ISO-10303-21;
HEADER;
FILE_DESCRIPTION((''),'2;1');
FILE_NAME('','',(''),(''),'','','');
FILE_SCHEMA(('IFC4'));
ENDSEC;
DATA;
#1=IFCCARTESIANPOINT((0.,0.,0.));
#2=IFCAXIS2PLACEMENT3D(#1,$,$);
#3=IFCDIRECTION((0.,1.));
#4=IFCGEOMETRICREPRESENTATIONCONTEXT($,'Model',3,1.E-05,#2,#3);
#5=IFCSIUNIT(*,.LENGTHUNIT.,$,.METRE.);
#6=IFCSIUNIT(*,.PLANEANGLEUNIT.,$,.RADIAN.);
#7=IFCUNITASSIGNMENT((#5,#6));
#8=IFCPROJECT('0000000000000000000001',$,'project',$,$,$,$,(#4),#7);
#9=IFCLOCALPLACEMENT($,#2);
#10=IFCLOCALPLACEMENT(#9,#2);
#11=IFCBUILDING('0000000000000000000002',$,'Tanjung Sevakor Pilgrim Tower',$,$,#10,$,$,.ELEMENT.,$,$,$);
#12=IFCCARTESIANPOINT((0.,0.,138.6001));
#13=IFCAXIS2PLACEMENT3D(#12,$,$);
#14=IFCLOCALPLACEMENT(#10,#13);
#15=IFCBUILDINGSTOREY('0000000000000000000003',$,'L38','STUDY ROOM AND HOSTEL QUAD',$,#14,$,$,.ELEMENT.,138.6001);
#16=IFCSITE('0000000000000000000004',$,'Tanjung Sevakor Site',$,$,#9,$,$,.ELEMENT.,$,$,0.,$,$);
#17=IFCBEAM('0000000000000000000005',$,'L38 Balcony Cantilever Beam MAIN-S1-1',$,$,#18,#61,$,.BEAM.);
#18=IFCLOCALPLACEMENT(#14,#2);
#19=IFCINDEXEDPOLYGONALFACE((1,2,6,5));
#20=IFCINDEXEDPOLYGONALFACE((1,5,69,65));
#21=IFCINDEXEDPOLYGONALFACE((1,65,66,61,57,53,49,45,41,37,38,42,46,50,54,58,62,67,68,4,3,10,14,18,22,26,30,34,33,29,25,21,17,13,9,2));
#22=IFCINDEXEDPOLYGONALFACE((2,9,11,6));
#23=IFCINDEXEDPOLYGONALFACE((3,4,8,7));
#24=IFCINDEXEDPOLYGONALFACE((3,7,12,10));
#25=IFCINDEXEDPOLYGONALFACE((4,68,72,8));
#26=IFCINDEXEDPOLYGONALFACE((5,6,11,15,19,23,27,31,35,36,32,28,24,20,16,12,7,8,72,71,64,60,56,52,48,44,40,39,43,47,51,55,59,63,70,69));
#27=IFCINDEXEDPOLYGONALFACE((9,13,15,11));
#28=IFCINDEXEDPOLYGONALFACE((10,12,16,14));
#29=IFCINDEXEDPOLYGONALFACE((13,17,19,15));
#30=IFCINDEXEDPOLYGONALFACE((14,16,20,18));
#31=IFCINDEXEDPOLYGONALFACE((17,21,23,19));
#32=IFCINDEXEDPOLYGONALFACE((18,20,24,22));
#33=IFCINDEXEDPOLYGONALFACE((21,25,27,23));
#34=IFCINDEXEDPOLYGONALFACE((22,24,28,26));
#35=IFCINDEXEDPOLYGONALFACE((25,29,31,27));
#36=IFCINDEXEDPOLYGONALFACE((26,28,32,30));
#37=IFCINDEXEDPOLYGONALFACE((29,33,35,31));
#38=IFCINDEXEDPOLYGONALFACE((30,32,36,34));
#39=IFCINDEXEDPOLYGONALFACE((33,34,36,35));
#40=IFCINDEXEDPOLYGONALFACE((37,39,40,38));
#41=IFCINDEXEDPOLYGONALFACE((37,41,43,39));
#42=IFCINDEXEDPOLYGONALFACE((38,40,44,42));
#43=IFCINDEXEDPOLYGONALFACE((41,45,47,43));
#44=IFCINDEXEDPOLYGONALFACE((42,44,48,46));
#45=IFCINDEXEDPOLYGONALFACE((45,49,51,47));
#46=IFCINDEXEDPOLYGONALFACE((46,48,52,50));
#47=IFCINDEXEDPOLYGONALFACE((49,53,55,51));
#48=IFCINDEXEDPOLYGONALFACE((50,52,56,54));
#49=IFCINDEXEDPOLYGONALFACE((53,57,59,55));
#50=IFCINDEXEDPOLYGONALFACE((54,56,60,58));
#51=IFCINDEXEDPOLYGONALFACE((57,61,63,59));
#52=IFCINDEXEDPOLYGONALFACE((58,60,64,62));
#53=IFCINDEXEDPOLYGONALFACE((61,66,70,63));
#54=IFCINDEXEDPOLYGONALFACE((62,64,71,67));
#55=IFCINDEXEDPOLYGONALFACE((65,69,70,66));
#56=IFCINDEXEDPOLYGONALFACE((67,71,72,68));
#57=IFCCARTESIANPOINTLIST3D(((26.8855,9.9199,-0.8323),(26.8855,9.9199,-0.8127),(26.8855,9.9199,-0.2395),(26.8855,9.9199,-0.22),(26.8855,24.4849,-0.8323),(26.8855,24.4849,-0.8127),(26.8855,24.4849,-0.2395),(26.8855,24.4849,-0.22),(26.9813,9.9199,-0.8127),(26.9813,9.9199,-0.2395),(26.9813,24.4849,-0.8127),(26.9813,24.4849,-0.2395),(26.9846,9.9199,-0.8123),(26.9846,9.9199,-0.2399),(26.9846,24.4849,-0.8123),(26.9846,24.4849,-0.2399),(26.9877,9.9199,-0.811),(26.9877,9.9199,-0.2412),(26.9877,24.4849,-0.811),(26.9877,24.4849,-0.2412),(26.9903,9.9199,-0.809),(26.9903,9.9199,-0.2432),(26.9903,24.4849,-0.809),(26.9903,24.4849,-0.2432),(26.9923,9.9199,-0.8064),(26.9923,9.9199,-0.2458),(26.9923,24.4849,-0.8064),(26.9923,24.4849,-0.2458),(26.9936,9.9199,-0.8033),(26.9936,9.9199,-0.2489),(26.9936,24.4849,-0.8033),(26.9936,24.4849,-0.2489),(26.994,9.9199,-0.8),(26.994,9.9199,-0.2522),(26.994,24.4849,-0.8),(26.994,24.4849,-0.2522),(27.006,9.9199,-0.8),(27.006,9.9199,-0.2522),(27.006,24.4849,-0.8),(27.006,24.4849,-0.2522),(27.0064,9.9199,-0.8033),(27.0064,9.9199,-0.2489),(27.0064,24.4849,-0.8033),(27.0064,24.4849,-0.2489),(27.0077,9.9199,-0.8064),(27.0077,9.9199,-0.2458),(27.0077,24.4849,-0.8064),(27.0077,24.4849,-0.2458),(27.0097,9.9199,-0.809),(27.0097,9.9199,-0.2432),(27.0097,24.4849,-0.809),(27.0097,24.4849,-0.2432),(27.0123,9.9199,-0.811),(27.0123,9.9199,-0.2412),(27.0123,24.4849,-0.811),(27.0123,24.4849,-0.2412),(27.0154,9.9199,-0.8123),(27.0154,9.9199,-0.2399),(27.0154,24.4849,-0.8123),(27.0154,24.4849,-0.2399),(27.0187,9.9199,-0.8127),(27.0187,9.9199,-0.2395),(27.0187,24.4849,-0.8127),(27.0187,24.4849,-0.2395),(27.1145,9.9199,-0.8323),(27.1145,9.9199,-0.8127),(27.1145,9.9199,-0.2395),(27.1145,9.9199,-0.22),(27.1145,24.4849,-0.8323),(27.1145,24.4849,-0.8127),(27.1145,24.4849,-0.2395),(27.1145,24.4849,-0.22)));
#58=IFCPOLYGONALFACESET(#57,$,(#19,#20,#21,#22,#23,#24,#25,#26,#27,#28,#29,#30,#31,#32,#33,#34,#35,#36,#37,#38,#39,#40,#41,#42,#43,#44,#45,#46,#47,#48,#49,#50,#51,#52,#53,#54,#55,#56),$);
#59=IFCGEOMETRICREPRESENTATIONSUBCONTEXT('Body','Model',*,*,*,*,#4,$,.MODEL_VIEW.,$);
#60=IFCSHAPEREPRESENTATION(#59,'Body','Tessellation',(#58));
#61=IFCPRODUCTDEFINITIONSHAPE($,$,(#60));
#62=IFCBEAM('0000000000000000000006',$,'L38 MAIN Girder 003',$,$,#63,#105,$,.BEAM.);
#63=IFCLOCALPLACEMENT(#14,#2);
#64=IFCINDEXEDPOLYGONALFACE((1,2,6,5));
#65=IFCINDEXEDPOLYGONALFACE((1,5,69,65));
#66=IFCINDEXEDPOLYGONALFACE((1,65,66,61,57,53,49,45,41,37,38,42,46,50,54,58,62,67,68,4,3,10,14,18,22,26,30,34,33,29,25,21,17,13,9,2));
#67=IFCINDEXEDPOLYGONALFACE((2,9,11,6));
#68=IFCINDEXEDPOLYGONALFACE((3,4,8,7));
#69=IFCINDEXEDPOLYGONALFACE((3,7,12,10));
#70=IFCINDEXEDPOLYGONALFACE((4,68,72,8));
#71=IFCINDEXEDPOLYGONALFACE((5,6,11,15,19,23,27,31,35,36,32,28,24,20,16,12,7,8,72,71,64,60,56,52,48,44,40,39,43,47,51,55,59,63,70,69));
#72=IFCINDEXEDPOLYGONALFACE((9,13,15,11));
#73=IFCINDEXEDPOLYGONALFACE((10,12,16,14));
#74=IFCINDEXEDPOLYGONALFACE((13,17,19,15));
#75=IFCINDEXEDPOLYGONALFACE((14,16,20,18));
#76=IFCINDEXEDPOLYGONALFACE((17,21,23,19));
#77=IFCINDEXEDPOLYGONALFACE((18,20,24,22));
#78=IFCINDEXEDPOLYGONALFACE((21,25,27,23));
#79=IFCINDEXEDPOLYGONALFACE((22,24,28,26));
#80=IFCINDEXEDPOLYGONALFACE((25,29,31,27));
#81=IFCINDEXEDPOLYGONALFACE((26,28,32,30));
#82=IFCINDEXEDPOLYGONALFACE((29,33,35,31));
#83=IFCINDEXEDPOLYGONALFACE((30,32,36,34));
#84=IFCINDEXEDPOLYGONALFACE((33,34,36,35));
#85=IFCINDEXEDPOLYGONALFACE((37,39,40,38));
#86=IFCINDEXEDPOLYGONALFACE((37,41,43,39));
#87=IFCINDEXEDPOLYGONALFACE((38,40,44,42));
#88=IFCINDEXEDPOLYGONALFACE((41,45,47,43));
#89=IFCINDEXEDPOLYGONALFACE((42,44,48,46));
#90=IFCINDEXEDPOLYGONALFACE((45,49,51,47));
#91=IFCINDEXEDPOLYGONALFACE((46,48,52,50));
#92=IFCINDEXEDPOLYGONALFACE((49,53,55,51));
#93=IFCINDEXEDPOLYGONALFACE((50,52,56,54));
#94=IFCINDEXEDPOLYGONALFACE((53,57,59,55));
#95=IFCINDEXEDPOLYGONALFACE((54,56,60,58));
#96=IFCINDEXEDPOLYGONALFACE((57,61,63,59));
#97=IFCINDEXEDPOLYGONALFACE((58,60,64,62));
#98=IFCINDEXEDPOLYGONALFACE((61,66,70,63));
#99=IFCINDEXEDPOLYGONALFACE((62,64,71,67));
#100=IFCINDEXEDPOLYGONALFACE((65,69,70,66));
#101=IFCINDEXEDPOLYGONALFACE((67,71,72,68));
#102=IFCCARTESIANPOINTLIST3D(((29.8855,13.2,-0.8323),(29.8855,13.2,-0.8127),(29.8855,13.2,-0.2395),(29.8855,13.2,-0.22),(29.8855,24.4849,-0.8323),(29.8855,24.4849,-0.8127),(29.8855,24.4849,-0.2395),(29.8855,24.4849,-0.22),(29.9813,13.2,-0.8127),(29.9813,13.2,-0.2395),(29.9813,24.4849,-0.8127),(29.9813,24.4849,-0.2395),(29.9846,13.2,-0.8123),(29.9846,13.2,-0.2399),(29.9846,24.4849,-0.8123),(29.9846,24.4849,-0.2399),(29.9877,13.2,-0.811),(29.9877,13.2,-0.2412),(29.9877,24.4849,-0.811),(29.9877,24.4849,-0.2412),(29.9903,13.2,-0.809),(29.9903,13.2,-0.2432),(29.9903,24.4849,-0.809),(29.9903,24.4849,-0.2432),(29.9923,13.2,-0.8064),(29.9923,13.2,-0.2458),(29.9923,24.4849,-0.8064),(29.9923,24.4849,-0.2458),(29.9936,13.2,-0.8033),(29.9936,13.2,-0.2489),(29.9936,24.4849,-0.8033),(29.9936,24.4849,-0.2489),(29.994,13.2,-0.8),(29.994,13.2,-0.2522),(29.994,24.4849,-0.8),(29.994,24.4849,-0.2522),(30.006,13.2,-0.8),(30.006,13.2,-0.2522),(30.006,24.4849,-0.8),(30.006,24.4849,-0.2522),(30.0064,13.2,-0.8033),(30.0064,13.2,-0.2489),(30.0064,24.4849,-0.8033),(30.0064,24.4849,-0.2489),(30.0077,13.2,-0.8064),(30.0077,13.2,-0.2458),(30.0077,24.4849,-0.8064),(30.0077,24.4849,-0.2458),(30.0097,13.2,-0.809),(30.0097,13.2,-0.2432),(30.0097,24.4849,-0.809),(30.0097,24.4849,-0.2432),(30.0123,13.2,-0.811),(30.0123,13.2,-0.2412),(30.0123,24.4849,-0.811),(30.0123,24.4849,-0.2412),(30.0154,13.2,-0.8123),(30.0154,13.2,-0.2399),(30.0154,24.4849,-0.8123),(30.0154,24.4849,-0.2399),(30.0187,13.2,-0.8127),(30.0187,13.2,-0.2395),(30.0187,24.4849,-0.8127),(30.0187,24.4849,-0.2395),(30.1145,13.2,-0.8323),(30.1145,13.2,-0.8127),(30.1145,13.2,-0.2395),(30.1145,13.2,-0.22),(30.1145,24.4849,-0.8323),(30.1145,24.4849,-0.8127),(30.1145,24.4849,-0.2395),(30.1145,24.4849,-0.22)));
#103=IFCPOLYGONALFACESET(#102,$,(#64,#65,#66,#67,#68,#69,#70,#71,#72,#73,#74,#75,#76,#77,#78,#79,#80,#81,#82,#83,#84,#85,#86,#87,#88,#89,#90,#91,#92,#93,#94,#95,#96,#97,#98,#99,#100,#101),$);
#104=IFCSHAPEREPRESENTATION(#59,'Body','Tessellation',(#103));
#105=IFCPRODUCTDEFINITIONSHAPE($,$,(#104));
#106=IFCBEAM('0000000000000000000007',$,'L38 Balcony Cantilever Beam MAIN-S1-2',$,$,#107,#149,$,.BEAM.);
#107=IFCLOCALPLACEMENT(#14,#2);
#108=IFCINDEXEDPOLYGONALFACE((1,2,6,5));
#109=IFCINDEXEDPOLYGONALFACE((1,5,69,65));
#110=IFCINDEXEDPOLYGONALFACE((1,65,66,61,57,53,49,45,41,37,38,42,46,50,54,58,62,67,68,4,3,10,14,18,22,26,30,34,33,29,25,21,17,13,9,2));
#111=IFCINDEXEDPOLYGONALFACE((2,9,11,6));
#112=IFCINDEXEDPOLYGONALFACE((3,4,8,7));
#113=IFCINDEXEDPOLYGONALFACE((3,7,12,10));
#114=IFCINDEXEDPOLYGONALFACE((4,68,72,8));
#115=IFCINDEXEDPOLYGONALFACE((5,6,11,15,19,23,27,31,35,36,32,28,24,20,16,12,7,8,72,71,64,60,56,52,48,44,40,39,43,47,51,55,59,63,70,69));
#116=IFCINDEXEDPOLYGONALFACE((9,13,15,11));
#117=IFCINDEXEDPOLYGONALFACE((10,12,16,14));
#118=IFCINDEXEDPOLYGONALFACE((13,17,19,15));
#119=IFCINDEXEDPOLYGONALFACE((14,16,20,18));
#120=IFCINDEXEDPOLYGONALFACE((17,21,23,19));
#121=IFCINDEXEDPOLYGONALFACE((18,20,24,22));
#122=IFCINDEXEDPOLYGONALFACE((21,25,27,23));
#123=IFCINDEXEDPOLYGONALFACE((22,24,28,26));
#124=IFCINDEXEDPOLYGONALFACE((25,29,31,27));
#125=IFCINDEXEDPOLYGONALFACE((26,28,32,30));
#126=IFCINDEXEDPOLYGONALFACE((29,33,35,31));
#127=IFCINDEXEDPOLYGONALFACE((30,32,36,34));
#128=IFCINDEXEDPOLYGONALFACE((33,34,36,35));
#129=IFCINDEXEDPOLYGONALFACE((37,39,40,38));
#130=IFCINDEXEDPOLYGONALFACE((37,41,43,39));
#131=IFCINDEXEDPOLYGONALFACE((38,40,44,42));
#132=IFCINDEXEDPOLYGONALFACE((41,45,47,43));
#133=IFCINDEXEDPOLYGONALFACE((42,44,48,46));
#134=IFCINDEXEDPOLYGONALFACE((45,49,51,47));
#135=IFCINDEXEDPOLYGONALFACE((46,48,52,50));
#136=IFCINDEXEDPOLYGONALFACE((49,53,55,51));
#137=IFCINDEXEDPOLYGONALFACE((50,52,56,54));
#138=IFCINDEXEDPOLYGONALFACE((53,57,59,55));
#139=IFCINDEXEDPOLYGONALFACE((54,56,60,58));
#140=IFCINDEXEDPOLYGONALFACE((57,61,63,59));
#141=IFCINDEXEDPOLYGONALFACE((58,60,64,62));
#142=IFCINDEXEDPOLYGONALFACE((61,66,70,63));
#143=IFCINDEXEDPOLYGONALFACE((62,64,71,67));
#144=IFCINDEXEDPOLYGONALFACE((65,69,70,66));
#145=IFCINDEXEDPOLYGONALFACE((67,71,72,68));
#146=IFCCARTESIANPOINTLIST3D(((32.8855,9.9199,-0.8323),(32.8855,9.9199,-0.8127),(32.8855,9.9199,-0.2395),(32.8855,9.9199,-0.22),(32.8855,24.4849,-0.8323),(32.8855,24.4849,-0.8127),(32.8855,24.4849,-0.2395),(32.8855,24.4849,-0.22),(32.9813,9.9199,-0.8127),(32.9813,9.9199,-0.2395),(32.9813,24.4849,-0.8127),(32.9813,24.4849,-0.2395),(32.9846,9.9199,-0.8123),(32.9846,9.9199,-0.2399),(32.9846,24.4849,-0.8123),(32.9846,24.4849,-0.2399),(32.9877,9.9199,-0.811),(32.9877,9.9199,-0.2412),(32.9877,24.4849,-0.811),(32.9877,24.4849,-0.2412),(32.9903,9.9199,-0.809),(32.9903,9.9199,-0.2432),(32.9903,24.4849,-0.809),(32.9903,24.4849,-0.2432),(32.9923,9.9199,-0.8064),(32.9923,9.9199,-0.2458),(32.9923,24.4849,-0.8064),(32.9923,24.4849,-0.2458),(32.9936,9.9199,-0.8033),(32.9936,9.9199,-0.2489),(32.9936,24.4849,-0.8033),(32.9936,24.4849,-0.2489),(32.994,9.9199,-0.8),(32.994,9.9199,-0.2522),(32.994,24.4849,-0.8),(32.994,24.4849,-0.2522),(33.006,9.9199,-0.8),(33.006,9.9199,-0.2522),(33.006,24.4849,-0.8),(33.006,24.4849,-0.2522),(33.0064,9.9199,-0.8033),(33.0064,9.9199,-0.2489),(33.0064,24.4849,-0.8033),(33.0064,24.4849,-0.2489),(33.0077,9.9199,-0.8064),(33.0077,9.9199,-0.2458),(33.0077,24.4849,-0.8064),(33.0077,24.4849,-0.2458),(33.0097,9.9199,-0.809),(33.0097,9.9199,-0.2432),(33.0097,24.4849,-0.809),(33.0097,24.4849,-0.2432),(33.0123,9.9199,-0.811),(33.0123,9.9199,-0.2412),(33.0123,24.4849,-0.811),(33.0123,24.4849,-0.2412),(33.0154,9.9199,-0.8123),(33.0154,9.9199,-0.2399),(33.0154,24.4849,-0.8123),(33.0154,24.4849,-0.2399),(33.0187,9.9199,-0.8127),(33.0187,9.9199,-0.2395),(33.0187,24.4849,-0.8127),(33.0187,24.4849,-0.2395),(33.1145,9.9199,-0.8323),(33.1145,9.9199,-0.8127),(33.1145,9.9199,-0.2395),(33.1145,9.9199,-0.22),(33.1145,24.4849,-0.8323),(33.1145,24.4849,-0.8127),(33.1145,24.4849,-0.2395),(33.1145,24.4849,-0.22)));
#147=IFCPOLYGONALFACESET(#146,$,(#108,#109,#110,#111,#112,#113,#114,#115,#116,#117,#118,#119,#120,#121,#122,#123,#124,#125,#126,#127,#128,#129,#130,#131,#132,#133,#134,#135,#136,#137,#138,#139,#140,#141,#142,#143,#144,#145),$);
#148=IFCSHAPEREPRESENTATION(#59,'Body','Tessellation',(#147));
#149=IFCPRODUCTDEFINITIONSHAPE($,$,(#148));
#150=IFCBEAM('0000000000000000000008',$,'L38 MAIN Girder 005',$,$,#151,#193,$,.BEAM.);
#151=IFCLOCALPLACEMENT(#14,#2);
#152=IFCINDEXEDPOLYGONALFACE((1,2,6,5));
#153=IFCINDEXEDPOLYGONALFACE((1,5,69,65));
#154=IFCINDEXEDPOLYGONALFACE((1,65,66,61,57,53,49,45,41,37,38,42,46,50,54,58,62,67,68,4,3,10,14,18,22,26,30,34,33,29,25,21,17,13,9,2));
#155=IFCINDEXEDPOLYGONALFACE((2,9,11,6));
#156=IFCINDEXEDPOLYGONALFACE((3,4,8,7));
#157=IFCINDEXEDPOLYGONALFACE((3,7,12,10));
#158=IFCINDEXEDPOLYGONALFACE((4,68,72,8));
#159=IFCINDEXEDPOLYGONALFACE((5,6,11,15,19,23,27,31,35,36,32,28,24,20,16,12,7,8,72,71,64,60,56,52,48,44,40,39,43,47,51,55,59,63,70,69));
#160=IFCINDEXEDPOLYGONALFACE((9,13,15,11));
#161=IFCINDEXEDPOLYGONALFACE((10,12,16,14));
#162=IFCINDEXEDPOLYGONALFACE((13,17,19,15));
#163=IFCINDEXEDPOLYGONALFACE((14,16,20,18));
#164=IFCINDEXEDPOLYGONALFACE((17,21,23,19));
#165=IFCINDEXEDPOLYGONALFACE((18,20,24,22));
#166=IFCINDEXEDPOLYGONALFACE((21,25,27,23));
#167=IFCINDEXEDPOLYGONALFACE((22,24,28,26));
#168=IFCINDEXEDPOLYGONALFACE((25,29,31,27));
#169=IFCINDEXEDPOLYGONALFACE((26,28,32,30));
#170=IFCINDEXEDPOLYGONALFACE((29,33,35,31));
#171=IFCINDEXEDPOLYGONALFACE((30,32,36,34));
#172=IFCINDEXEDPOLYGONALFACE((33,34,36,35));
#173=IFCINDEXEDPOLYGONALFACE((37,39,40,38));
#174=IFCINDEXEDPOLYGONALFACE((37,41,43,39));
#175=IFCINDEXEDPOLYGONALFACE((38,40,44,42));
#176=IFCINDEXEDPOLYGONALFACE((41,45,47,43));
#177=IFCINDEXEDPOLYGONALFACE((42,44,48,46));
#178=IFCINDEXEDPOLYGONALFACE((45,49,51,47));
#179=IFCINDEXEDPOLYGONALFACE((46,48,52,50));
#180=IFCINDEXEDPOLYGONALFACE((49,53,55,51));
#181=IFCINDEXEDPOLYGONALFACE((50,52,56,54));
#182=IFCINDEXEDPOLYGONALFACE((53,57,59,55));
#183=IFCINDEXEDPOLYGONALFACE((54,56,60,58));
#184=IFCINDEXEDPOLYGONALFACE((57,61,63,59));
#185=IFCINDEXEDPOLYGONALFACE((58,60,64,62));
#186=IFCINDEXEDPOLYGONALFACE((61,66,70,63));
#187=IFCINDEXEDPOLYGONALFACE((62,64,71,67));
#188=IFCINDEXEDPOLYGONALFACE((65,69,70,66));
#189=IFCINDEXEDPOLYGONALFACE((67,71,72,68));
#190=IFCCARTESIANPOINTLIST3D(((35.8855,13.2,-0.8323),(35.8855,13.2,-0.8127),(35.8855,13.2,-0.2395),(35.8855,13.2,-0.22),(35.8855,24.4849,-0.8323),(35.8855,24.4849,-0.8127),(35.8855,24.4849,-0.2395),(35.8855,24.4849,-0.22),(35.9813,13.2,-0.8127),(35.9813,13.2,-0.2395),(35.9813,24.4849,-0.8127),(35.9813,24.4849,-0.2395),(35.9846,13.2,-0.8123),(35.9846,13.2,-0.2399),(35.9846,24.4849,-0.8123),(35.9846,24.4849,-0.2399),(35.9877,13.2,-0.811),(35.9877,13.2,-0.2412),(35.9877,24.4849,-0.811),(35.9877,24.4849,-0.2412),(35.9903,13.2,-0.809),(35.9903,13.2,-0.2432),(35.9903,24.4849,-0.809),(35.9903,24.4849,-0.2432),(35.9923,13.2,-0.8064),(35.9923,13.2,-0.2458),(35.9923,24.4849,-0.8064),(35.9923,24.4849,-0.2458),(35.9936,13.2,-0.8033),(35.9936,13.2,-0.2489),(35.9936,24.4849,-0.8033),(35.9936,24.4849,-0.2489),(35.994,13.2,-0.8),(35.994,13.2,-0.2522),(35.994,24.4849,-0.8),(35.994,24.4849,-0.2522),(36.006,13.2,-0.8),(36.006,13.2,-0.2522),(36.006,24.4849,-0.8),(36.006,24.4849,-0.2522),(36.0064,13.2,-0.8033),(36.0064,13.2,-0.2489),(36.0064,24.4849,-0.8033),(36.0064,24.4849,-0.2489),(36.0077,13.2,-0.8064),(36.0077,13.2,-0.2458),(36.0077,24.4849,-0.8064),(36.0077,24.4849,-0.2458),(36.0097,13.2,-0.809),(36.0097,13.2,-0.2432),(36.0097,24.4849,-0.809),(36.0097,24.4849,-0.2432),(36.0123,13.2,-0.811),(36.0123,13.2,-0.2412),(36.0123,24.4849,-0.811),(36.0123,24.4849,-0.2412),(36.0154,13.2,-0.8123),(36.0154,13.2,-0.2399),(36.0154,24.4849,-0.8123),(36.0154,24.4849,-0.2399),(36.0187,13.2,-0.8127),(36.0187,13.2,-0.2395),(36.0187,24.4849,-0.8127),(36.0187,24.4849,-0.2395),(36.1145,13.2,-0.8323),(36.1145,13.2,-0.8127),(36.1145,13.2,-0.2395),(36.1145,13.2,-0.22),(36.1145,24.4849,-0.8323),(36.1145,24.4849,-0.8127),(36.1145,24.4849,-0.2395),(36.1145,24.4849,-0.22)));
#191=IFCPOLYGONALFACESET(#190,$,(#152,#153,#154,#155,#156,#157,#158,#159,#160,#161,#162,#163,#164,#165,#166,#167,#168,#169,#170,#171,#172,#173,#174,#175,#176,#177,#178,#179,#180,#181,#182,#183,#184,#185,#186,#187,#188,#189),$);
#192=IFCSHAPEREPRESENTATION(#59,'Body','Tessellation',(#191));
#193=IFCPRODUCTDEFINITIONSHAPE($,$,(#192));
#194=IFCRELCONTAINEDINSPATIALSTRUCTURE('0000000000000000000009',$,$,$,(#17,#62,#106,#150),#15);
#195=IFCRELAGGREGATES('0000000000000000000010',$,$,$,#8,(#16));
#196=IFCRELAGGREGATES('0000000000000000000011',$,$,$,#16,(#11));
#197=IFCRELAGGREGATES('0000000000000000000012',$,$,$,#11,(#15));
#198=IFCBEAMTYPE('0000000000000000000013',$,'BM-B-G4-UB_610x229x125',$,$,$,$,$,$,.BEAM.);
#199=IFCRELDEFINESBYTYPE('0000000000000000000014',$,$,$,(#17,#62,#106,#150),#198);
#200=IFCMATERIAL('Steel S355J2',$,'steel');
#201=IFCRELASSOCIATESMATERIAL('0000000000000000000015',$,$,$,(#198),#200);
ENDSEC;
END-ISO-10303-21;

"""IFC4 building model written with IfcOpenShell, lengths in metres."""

from ifc_helpers import new_model, si_unit, direction, frame, origin, origin_2d, place, context, subcontext, project, spatial, i_section, extrude, material, material_profile, profile_set, type_object, element, save


model = new_model("IFC4")

# Units and contexts
model_context = context("Model", 3, precision=1e-05, world=origin(), true_north=direction((0.0, 1.0)))
body_context = subcontext(model_context, "Body", "Model", "MODEL_VIEW")
ifc_project = project(units=[si_unit("LENGTHUNIT", "METRE"), si_unit("PLANEANGLEUNIT", "RADIAN")], contexts=[model_context])

# Site, building, storey
site_placement = place(None, origin())
site = spatial("IfcSite", under=ifc_project, at=site_placement, Name="Tanjung Sevakor Site", CompositionType="ELEMENT", RefElevation=0.0)
building_placement = place(site_placement, origin())
building = spatial("IfcBuilding", under=site, at=building_placement, Name="Tanjung Sevakor Pilgrim Tower", CompositionType="ELEMENT")
storey_placement = place(building_placement, frame((0.0, 0.0, 138.6001)))
storey = spatial("IfcBuildingStorey", under=building, at=storey_placement, Name="L38", Description="STUDY ROOM AND HOSTEL QUAD", CompositionType="ELEMENT", Elevation=138.6001)

# Beams
ifc_material_1 = material(Name="Steel S355J2", Category="steel")
ifc_material_profile_1 = material_profile(ifc_material_1, i_section(OverallWidth=0.229, OverallDepth=0.6123, WebThickness=0.012, FlangeThickness=0.0195, FilletRadius=0.0127, at=origin_2d()))
ifc_profile_set_1 = profile_set([ifc_material_profile_1], Name="Steel S355J2")
beam_type_1 = type_object("IfcBeamType", Name="BM-B-G4-UB_610x229x125", PredefinedType="BEAM", material=ifc_profile_set_1)
beam_1_placement = place(storey_placement, frame((27.0, 24.4849, -0.5261), z_axis=(0.0, -1.0, 0.0), x_axis=(1.0, 0.0, 0.0)))
element("IfcBeam", 1, at=beam_1_placement, inside=storey, type_object=beam_type_1, Name="L38 Balcony Cantilever Beam MAIN-S1-1", PredefinedType="BEAM", context=body_context, shape_type="SweptSolid", body=[
    extrude(i_section(OverallWidth=0.229, OverallDepth=0.6123, WebThickness=0.012, FlangeThickness=0.0195, FilletRadius=0.0127, at=origin_2d()), origin(), (0.0, 0.0, 1.0), 14.5649),
])
beam_2_placement = place(storey_placement, frame((30.0, 13.2, -0.5261), z_axis=(0.0, 1.0, 0.0), x_axis=(-1.0, 0.0, 0.0)))
element("IfcBeam", 2, at=beam_2_placement, inside=storey, type_object=beam_type_1, Name="L38 MAIN Girder 003", PredefinedType="BEAM", context=body_context, shape_type="SweptSolid", body=[
    extrude(i_section(OverallWidth=0.229, OverallDepth=0.6123, WebThickness=0.012, FlangeThickness=0.0195, FilletRadius=0.0127, at=origin_2d()), origin(), (0.0, 0.0, 1.0), 11.2849),
])
beam_3_placement = place(storey_placement, frame((33.0, 24.4849, -0.5261), z_axis=(0.0, -1.0, 0.0), x_axis=(1.0, 0.0, 0.0)))
element("IfcBeam", 3, at=beam_3_placement, inside=storey, type_object=beam_type_1, Name="L38 Balcony Cantilever Beam MAIN-S1-2", PredefinedType="BEAM", context=body_context, shape_type="SweptSolid", body=[
    extrude(i_section(OverallWidth=0.229, OverallDepth=0.6123, WebThickness=0.012, FlangeThickness=0.0195, FilletRadius=0.0127, at=origin_2d()), origin(), (0.0, 0.0, 1.0), 14.5649),
])
beam_4_placement = place(storey_placement, frame((36.0, 13.2, -0.5261), z_axis=(0.0, 1.0, 0.0), x_axis=(-1.0, 0.0, 0.0)))
element("IfcBeam", 4, at=beam_4_placement, inside=storey, type_object=beam_type_1, Name="L38 MAIN Girder 005", PredefinedType="BEAM", context=body_context, shape_type="SweptSolid", body=[
    extrude(i_section(OverallWidth=0.229, OverallDepth=0.6123, WebThickness=0.012, FlangeThickness=0.0195, FilletRadius=0.0127, at=origin_2d()), origin(), (0.0, 0.0, 1.0), 11.2849),
])

save(model, "model.ifc")
